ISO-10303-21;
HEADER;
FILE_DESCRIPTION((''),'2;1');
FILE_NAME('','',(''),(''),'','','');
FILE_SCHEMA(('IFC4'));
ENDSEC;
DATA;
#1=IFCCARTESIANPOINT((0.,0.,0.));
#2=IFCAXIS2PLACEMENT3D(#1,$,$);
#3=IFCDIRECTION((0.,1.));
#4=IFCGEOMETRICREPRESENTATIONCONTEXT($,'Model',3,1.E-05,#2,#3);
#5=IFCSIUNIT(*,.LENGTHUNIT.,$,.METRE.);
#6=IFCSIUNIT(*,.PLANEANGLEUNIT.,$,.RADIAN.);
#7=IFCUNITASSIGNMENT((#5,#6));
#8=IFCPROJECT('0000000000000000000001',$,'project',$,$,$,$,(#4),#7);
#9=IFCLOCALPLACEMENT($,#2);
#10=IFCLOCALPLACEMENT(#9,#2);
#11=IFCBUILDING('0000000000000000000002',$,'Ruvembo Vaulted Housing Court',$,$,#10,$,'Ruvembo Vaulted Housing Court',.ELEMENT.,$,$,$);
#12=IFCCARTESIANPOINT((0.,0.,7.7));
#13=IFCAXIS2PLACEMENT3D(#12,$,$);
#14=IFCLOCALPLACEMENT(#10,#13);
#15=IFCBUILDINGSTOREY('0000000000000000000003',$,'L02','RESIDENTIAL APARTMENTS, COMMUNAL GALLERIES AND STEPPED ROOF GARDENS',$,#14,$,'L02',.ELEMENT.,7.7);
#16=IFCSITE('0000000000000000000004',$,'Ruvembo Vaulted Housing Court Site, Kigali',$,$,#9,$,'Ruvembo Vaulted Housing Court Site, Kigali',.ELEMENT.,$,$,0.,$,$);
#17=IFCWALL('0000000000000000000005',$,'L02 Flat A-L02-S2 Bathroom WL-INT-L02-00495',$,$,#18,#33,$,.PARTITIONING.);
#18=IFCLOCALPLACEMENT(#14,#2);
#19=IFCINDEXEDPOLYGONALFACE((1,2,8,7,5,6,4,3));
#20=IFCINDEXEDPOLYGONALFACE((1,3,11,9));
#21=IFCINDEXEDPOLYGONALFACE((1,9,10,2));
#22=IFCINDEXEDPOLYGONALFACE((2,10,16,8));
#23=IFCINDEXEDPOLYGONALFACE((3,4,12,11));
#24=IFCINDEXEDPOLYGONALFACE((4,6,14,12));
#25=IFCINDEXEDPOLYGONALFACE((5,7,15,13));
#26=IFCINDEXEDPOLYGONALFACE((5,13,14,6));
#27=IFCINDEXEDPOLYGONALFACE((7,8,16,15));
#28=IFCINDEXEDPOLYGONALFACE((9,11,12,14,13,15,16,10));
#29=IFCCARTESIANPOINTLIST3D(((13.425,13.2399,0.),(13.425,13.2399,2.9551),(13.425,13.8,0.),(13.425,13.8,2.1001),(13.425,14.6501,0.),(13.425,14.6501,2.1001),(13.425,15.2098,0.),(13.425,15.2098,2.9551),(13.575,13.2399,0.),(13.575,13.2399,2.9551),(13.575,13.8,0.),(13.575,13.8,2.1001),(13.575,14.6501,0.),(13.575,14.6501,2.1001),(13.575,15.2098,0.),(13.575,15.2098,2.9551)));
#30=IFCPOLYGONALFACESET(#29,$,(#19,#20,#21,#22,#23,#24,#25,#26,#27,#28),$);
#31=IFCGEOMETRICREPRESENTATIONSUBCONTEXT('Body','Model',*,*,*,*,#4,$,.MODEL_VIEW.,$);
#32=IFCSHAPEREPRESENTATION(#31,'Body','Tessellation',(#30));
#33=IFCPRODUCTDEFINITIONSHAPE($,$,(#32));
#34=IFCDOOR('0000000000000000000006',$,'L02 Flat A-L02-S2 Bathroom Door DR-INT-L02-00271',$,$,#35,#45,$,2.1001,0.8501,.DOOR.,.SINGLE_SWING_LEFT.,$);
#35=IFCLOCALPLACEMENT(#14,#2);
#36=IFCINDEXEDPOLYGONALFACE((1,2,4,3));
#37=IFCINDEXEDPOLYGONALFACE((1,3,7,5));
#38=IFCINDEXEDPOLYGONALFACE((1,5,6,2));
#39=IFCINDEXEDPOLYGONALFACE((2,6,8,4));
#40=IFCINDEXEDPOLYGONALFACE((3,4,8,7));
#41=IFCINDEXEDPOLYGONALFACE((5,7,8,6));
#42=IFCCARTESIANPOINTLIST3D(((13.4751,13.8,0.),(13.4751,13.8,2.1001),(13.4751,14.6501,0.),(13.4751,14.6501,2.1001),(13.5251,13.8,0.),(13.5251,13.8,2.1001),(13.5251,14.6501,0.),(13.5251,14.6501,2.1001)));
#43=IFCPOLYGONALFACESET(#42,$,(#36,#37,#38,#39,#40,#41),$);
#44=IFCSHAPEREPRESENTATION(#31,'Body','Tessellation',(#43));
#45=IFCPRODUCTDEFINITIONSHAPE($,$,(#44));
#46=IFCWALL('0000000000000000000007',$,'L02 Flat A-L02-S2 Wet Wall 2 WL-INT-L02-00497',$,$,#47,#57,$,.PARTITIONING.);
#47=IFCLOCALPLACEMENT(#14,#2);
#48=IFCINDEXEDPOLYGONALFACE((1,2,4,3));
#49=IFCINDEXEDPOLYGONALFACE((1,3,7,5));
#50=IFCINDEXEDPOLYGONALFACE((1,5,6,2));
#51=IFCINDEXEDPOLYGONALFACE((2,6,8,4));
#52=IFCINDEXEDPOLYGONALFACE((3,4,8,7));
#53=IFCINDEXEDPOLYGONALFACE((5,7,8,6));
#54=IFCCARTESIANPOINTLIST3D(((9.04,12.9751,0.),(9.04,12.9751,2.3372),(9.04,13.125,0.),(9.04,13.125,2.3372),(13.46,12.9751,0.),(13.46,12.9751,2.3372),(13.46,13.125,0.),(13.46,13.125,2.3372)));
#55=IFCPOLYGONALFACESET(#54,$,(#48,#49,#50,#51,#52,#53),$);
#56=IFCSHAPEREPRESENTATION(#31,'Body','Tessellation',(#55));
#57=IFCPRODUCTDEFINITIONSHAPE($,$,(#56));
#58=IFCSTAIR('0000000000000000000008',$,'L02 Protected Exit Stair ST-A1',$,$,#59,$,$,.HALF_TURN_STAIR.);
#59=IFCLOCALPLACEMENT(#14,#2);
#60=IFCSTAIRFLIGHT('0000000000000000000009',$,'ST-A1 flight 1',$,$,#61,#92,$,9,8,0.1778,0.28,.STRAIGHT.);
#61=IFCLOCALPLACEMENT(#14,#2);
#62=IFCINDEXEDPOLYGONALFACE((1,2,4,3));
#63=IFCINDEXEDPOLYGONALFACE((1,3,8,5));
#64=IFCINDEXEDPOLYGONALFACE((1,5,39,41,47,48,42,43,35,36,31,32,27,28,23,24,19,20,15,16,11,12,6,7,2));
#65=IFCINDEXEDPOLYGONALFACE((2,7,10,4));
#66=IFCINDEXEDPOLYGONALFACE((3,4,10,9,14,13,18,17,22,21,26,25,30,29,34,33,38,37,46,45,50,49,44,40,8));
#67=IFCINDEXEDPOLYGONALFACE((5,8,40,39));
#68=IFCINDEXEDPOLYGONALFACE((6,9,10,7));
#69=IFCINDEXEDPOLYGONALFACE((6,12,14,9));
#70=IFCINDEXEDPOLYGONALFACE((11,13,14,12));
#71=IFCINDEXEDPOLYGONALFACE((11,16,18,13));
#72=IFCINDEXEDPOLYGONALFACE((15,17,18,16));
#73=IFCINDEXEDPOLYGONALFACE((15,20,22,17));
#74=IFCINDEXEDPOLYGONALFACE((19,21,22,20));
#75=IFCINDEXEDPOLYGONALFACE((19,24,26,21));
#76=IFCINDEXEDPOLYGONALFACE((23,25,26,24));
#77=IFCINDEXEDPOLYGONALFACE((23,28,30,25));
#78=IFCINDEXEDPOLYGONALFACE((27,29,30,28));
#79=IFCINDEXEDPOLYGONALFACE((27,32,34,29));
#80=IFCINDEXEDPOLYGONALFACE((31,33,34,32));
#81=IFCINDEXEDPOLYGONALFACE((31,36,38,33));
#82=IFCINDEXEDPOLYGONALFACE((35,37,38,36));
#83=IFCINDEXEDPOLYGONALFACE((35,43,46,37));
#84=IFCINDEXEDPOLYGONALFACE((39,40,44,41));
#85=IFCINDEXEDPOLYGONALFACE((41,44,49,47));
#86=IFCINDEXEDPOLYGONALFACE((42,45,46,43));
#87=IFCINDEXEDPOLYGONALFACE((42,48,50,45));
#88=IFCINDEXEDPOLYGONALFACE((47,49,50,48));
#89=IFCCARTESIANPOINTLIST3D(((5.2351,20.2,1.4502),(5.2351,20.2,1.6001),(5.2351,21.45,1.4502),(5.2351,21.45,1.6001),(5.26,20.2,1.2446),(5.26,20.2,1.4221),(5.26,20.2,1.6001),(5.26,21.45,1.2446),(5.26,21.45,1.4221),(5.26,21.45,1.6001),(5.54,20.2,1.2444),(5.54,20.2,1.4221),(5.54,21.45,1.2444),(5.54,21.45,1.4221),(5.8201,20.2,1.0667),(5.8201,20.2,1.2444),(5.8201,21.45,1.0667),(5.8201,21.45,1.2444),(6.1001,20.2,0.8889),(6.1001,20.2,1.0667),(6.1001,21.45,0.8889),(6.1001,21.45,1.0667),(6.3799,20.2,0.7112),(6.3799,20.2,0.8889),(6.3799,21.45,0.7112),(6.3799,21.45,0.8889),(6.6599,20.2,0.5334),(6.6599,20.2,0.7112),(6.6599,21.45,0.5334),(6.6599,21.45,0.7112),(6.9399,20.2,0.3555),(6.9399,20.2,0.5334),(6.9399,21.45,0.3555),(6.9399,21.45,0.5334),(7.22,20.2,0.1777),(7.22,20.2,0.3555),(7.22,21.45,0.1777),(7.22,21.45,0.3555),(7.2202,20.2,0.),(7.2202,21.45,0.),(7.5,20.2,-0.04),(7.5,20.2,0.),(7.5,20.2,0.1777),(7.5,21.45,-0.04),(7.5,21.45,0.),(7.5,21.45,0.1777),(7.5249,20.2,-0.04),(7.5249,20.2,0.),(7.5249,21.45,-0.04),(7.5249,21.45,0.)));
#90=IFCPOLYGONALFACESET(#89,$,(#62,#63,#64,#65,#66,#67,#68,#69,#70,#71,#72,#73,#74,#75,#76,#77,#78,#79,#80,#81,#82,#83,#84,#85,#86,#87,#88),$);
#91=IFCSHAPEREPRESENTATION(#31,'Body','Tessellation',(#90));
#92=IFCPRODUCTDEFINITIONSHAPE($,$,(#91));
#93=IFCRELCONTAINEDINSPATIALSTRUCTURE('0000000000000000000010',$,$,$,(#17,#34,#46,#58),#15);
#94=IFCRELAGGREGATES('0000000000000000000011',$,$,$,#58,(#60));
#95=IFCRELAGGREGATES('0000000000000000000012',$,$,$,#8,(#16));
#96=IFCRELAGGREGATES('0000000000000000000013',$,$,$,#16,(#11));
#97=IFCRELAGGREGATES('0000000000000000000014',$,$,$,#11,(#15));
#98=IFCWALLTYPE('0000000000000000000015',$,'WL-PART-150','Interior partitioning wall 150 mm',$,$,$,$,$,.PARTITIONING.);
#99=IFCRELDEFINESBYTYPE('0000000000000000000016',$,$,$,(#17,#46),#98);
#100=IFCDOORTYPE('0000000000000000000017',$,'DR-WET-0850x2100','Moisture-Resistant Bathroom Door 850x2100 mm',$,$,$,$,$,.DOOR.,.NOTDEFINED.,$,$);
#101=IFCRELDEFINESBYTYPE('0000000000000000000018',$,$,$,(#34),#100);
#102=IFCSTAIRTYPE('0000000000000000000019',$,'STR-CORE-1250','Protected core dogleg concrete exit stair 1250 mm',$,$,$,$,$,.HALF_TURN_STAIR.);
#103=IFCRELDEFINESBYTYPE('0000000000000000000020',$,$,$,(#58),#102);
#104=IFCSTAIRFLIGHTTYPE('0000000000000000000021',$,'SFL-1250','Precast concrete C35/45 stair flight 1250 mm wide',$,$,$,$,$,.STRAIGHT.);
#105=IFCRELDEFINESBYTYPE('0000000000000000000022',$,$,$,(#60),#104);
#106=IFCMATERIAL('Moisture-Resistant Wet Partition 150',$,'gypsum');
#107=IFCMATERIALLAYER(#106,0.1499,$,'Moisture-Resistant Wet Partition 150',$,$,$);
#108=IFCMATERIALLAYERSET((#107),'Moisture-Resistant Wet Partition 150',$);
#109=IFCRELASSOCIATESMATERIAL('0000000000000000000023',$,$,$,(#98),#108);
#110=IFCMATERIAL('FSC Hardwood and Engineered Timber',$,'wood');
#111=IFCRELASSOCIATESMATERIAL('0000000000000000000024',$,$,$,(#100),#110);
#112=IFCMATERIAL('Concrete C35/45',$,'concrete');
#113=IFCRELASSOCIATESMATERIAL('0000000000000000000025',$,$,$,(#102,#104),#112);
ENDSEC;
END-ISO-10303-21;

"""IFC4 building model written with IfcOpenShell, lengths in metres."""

from ifc_helpers import new_model, si_unit, direction, frame, frame_2d, origin, place, context, subcontext, project, spatial, polyline, rectangle, outline, extrude, material, layer, layer_set, type_object, element, fill, aggregate, save


model = new_model("IFC4")

# Units and contexts
model_context = context("Model", 3, precision=1e-05, world=origin(), true_north=direction((0.0, 1.0)))
body_context = subcontext(model_context, "Body", "Model", "MODEL_VIEW")
ifc_project = project(units=[si_unit("LENGTHUNIT", "METRE"), si_unit("PLANEANGLEUNIT", "RADIAN")], contexts=[model_context])

# Site, building, storey
site_placement = place(None, origin())
site = spatial("IfcSite", under=ifc_project, at=site_placement, Name="Ruvembo Vaulted Housing Court Site, Kigali", LongName="Ruvembo Vaulted Housing Court Site, Kigali", CompositionType="ELEMENT", RefElevation=0.0)
building_placement = place(site_placement, origin())
building = spatial("IfcBuilding", under=site, at=building_placement, Name="Ruvembo Vaulted Housing Court", LongName="Ruvembo Vaulted Housing Court", CompositionType="ELEMENT")
storey_placement = place(building_placement, frame((0.0, 0.0, 7.7)))
storey = spatial("IfcBuildingStorey", under=building, at=storey_placement, Name="L02", Description="RESIDENTIAL APARTMENTS, COMMUNAL GALLERIES AND STEPPED ROOF GARDENS", LongName="L02", CompositionType="ELEMENT", Elevation=7.7)

# Shared definitions
ifc_material_1 = material(Name="Concrete C35/45", Category="concrete")

# Wall, opening, door
ifc_material_2 = material(Name="FSC Hardwood and Engineered Timber", Category="wood")
ifc_material_3 = material(Name="Moisture-Resistant Wet Partition 150", Category="gypsum")
ifc_layer_1 = layer(ifc_material_3, 0.1499, Name="Moisture-Resistant Wet Partition 150")
ifc_layer_set_1 = layer_set([ifc_layer_1], Name="Moisture-Resistant Wet Partition 150")
wall_type_1 = type_object("IfcWallType", Name="WL-PART-150", Description="Interior partitioning wall 150 mm", PredefinedType="PARTITIONING", material=ifc_layer_set_1)
wall_1_placement = place(storey_placement, frame((13.5, 13.24, 0.0), z_axis=(0.0, 0.0, 1.0), x_axis=(0.0, 1.0, 0.0)))
wall_1 = element("IfcWall", 1, at=wall_1_placement, inside=storey, type_object=wall_type_1, Name="L02 Flat A-L02-S2 Bathroom WL-INT-L02-00495", PredefinedType="PARTITIONING", context=body_context, shape_type="SweptSolid", body=[
    extrude(rectangle(XDim=1.97, YDim=0.1499, at=frame_2d((0.9849, 0.0))), origin(), (0.0, 0.0, 1.0), 2.9551),
])
opening_1_placement = place(wall_1_placement, frame((0.5601, 0.0, 0.0)))
opening_1 = element("IfcOpeningElement", 2, at=opening_1_placement, cuts=wall_1, PredefinedType="OPENING", context=body_context, shape_type="SweptSolid", body=[
    extrude(rectangle(XDim=0.8501, YDim=2.1001, at=frame_2d((0.425, 1.05))), frame((0.0, 0.085, 0.0), z_axis=(0.0, -1.0, 0.0), x_axis=(1.0, 0.0, 0.0)), (0.0, 0.0, 1.0), 0.1699),
])
door_type_1 = type_object("IfcDoorType", Name="DR-WET-0850x2100", Description="Moisture-Resistant Bathroom Door 850x2100 mm", OperationType="NOTDEFINED", PredefinedType="DOOR", material=ifc_material_2)
door_1_placement = place(opening_1_placement, origin())
door_1 = element("IfcDoor", 3, at=door_1_placement, inside=storey, type_object=door_type_1, Name="L02 Flat A-L02-S2 Bathroom Door DR-INT-L02-00271", OperationType="SINGLE_SWING_LEFT", OverallHeight=2.1001, OverallWidth=0.8501, PredefinedType="DOOR", context=body_context, shape_type="SweptSolid", body=[
    extrude(rectangle(XDim=0.8501, YDim=2.1001, at=frame_2d((0.425, 1.05))), frame((0.0, 0.0249, 0.0), z_axis=(0.0, -1.0, 0.0), x_axis=(1.0, 0.0, 0.0)), (0.0, 0.0, 1.0), 0.05),
])
fill(opening_1, door_1)

# Wall
wall_2_placement = place(storey_placement, frame((9.04, 13.05, 0.0), z_axis=(0.0, 0.0, 1.0), x_axis=(1.0, 0.0, 0.0)))
element("IfcWall", 4, at=wall_2_placement, inside=storey, type_object=wall_type_1, Name="L02 Flat A-L02-S2 Wet Wall 2 WL-INT-L02-00497", PredefinedType="PARTITIONING", context=body_context, shape_type="SweptSolid", body=[
    extrude(rectangle(XDim=4.4199, YDim=0.1499, at=frame_2d((2.21, 0.0))), origin(), (0.0, 0.0, 1.0), 2.3372),
])

# Stair, stair flight
stair_type = type_object("IfcStairType", Name="STR-CORE-1250", Description="Protected core dogleg concrete exit stair 1250 mm", PredefinedType="HALF_TURN_STAIR", material=ifc_material_1)
stair_placement = place(storey_placement, origin())
stair = element("IfcStair", 5, at=stair_placement, inside=storey, type_object=stair_type, Name="L02 Protected Exit Stair ST-A1", PredefinedType="HALF_TURN_STAIR")
stair_flight_type = type_object("IfcStairFlightType", Name="SFL-1250", Description="Precast concrete C35/45 stair flight 1250 mm wide", PredefinedType="STRAIGHT", material=ifc_material_1)
stair_flight_placement = place(storey_placement, frame((7.5, 20.825, 0.0), z_axis=(0.0, 0.0, 1.0), x_axis=(-1.0, 0.0, 0.0)))
stair_flight = element("IfcStairFlight", 6, at=stair_flight_placement, type_object=stair_flight_type, Name="ST-A1 flight 1", NumberOfRisers=9, NumberOfTreads=8, PredefinedType="STRAIGHT", RiserHeight=0.1778, TreadLength=0.28, context=body_context, shape_type="SweptSolid", body=[
    extrude(outline(polyline([(-0.0249, -0.04), (-0.0249, 0.0), (0.0, 0.0), (0.0, 0.1777), (0.28, 0.1777), (0.28, 0.3555), (0.5601, 0.3555), (0.5601, 0.5334), (0.8401, 0.5334), (0.8401, 0.7112), (1.1201, 0.7112), (1.1201, 0.8889), (1.3999, 0.8889), (1.3999, 1.0667), (1.6799, 1.0667), (1.6799, 1.2444), (1.96, 1.2444), (1.96, 1.4221), (2.24, 1.4221), (2.24, 1.6001), (2.2649, 1.6001), (2.2649, 1.4502), (2.24, 1.2446), (0.2798, 0.0), (0.0, -0.04), (-0.0249, -0.04)])), frame((0.0, 0.625, 0.0), z_axis=(0.0, -1.0, 0.0), x_axis=(1.0, 0.0, 0.0)), (0.0, 0.0, 1.0), 1.25),
])
aggregate(stair, [stair_flight])

save(model, "model.ifc")
